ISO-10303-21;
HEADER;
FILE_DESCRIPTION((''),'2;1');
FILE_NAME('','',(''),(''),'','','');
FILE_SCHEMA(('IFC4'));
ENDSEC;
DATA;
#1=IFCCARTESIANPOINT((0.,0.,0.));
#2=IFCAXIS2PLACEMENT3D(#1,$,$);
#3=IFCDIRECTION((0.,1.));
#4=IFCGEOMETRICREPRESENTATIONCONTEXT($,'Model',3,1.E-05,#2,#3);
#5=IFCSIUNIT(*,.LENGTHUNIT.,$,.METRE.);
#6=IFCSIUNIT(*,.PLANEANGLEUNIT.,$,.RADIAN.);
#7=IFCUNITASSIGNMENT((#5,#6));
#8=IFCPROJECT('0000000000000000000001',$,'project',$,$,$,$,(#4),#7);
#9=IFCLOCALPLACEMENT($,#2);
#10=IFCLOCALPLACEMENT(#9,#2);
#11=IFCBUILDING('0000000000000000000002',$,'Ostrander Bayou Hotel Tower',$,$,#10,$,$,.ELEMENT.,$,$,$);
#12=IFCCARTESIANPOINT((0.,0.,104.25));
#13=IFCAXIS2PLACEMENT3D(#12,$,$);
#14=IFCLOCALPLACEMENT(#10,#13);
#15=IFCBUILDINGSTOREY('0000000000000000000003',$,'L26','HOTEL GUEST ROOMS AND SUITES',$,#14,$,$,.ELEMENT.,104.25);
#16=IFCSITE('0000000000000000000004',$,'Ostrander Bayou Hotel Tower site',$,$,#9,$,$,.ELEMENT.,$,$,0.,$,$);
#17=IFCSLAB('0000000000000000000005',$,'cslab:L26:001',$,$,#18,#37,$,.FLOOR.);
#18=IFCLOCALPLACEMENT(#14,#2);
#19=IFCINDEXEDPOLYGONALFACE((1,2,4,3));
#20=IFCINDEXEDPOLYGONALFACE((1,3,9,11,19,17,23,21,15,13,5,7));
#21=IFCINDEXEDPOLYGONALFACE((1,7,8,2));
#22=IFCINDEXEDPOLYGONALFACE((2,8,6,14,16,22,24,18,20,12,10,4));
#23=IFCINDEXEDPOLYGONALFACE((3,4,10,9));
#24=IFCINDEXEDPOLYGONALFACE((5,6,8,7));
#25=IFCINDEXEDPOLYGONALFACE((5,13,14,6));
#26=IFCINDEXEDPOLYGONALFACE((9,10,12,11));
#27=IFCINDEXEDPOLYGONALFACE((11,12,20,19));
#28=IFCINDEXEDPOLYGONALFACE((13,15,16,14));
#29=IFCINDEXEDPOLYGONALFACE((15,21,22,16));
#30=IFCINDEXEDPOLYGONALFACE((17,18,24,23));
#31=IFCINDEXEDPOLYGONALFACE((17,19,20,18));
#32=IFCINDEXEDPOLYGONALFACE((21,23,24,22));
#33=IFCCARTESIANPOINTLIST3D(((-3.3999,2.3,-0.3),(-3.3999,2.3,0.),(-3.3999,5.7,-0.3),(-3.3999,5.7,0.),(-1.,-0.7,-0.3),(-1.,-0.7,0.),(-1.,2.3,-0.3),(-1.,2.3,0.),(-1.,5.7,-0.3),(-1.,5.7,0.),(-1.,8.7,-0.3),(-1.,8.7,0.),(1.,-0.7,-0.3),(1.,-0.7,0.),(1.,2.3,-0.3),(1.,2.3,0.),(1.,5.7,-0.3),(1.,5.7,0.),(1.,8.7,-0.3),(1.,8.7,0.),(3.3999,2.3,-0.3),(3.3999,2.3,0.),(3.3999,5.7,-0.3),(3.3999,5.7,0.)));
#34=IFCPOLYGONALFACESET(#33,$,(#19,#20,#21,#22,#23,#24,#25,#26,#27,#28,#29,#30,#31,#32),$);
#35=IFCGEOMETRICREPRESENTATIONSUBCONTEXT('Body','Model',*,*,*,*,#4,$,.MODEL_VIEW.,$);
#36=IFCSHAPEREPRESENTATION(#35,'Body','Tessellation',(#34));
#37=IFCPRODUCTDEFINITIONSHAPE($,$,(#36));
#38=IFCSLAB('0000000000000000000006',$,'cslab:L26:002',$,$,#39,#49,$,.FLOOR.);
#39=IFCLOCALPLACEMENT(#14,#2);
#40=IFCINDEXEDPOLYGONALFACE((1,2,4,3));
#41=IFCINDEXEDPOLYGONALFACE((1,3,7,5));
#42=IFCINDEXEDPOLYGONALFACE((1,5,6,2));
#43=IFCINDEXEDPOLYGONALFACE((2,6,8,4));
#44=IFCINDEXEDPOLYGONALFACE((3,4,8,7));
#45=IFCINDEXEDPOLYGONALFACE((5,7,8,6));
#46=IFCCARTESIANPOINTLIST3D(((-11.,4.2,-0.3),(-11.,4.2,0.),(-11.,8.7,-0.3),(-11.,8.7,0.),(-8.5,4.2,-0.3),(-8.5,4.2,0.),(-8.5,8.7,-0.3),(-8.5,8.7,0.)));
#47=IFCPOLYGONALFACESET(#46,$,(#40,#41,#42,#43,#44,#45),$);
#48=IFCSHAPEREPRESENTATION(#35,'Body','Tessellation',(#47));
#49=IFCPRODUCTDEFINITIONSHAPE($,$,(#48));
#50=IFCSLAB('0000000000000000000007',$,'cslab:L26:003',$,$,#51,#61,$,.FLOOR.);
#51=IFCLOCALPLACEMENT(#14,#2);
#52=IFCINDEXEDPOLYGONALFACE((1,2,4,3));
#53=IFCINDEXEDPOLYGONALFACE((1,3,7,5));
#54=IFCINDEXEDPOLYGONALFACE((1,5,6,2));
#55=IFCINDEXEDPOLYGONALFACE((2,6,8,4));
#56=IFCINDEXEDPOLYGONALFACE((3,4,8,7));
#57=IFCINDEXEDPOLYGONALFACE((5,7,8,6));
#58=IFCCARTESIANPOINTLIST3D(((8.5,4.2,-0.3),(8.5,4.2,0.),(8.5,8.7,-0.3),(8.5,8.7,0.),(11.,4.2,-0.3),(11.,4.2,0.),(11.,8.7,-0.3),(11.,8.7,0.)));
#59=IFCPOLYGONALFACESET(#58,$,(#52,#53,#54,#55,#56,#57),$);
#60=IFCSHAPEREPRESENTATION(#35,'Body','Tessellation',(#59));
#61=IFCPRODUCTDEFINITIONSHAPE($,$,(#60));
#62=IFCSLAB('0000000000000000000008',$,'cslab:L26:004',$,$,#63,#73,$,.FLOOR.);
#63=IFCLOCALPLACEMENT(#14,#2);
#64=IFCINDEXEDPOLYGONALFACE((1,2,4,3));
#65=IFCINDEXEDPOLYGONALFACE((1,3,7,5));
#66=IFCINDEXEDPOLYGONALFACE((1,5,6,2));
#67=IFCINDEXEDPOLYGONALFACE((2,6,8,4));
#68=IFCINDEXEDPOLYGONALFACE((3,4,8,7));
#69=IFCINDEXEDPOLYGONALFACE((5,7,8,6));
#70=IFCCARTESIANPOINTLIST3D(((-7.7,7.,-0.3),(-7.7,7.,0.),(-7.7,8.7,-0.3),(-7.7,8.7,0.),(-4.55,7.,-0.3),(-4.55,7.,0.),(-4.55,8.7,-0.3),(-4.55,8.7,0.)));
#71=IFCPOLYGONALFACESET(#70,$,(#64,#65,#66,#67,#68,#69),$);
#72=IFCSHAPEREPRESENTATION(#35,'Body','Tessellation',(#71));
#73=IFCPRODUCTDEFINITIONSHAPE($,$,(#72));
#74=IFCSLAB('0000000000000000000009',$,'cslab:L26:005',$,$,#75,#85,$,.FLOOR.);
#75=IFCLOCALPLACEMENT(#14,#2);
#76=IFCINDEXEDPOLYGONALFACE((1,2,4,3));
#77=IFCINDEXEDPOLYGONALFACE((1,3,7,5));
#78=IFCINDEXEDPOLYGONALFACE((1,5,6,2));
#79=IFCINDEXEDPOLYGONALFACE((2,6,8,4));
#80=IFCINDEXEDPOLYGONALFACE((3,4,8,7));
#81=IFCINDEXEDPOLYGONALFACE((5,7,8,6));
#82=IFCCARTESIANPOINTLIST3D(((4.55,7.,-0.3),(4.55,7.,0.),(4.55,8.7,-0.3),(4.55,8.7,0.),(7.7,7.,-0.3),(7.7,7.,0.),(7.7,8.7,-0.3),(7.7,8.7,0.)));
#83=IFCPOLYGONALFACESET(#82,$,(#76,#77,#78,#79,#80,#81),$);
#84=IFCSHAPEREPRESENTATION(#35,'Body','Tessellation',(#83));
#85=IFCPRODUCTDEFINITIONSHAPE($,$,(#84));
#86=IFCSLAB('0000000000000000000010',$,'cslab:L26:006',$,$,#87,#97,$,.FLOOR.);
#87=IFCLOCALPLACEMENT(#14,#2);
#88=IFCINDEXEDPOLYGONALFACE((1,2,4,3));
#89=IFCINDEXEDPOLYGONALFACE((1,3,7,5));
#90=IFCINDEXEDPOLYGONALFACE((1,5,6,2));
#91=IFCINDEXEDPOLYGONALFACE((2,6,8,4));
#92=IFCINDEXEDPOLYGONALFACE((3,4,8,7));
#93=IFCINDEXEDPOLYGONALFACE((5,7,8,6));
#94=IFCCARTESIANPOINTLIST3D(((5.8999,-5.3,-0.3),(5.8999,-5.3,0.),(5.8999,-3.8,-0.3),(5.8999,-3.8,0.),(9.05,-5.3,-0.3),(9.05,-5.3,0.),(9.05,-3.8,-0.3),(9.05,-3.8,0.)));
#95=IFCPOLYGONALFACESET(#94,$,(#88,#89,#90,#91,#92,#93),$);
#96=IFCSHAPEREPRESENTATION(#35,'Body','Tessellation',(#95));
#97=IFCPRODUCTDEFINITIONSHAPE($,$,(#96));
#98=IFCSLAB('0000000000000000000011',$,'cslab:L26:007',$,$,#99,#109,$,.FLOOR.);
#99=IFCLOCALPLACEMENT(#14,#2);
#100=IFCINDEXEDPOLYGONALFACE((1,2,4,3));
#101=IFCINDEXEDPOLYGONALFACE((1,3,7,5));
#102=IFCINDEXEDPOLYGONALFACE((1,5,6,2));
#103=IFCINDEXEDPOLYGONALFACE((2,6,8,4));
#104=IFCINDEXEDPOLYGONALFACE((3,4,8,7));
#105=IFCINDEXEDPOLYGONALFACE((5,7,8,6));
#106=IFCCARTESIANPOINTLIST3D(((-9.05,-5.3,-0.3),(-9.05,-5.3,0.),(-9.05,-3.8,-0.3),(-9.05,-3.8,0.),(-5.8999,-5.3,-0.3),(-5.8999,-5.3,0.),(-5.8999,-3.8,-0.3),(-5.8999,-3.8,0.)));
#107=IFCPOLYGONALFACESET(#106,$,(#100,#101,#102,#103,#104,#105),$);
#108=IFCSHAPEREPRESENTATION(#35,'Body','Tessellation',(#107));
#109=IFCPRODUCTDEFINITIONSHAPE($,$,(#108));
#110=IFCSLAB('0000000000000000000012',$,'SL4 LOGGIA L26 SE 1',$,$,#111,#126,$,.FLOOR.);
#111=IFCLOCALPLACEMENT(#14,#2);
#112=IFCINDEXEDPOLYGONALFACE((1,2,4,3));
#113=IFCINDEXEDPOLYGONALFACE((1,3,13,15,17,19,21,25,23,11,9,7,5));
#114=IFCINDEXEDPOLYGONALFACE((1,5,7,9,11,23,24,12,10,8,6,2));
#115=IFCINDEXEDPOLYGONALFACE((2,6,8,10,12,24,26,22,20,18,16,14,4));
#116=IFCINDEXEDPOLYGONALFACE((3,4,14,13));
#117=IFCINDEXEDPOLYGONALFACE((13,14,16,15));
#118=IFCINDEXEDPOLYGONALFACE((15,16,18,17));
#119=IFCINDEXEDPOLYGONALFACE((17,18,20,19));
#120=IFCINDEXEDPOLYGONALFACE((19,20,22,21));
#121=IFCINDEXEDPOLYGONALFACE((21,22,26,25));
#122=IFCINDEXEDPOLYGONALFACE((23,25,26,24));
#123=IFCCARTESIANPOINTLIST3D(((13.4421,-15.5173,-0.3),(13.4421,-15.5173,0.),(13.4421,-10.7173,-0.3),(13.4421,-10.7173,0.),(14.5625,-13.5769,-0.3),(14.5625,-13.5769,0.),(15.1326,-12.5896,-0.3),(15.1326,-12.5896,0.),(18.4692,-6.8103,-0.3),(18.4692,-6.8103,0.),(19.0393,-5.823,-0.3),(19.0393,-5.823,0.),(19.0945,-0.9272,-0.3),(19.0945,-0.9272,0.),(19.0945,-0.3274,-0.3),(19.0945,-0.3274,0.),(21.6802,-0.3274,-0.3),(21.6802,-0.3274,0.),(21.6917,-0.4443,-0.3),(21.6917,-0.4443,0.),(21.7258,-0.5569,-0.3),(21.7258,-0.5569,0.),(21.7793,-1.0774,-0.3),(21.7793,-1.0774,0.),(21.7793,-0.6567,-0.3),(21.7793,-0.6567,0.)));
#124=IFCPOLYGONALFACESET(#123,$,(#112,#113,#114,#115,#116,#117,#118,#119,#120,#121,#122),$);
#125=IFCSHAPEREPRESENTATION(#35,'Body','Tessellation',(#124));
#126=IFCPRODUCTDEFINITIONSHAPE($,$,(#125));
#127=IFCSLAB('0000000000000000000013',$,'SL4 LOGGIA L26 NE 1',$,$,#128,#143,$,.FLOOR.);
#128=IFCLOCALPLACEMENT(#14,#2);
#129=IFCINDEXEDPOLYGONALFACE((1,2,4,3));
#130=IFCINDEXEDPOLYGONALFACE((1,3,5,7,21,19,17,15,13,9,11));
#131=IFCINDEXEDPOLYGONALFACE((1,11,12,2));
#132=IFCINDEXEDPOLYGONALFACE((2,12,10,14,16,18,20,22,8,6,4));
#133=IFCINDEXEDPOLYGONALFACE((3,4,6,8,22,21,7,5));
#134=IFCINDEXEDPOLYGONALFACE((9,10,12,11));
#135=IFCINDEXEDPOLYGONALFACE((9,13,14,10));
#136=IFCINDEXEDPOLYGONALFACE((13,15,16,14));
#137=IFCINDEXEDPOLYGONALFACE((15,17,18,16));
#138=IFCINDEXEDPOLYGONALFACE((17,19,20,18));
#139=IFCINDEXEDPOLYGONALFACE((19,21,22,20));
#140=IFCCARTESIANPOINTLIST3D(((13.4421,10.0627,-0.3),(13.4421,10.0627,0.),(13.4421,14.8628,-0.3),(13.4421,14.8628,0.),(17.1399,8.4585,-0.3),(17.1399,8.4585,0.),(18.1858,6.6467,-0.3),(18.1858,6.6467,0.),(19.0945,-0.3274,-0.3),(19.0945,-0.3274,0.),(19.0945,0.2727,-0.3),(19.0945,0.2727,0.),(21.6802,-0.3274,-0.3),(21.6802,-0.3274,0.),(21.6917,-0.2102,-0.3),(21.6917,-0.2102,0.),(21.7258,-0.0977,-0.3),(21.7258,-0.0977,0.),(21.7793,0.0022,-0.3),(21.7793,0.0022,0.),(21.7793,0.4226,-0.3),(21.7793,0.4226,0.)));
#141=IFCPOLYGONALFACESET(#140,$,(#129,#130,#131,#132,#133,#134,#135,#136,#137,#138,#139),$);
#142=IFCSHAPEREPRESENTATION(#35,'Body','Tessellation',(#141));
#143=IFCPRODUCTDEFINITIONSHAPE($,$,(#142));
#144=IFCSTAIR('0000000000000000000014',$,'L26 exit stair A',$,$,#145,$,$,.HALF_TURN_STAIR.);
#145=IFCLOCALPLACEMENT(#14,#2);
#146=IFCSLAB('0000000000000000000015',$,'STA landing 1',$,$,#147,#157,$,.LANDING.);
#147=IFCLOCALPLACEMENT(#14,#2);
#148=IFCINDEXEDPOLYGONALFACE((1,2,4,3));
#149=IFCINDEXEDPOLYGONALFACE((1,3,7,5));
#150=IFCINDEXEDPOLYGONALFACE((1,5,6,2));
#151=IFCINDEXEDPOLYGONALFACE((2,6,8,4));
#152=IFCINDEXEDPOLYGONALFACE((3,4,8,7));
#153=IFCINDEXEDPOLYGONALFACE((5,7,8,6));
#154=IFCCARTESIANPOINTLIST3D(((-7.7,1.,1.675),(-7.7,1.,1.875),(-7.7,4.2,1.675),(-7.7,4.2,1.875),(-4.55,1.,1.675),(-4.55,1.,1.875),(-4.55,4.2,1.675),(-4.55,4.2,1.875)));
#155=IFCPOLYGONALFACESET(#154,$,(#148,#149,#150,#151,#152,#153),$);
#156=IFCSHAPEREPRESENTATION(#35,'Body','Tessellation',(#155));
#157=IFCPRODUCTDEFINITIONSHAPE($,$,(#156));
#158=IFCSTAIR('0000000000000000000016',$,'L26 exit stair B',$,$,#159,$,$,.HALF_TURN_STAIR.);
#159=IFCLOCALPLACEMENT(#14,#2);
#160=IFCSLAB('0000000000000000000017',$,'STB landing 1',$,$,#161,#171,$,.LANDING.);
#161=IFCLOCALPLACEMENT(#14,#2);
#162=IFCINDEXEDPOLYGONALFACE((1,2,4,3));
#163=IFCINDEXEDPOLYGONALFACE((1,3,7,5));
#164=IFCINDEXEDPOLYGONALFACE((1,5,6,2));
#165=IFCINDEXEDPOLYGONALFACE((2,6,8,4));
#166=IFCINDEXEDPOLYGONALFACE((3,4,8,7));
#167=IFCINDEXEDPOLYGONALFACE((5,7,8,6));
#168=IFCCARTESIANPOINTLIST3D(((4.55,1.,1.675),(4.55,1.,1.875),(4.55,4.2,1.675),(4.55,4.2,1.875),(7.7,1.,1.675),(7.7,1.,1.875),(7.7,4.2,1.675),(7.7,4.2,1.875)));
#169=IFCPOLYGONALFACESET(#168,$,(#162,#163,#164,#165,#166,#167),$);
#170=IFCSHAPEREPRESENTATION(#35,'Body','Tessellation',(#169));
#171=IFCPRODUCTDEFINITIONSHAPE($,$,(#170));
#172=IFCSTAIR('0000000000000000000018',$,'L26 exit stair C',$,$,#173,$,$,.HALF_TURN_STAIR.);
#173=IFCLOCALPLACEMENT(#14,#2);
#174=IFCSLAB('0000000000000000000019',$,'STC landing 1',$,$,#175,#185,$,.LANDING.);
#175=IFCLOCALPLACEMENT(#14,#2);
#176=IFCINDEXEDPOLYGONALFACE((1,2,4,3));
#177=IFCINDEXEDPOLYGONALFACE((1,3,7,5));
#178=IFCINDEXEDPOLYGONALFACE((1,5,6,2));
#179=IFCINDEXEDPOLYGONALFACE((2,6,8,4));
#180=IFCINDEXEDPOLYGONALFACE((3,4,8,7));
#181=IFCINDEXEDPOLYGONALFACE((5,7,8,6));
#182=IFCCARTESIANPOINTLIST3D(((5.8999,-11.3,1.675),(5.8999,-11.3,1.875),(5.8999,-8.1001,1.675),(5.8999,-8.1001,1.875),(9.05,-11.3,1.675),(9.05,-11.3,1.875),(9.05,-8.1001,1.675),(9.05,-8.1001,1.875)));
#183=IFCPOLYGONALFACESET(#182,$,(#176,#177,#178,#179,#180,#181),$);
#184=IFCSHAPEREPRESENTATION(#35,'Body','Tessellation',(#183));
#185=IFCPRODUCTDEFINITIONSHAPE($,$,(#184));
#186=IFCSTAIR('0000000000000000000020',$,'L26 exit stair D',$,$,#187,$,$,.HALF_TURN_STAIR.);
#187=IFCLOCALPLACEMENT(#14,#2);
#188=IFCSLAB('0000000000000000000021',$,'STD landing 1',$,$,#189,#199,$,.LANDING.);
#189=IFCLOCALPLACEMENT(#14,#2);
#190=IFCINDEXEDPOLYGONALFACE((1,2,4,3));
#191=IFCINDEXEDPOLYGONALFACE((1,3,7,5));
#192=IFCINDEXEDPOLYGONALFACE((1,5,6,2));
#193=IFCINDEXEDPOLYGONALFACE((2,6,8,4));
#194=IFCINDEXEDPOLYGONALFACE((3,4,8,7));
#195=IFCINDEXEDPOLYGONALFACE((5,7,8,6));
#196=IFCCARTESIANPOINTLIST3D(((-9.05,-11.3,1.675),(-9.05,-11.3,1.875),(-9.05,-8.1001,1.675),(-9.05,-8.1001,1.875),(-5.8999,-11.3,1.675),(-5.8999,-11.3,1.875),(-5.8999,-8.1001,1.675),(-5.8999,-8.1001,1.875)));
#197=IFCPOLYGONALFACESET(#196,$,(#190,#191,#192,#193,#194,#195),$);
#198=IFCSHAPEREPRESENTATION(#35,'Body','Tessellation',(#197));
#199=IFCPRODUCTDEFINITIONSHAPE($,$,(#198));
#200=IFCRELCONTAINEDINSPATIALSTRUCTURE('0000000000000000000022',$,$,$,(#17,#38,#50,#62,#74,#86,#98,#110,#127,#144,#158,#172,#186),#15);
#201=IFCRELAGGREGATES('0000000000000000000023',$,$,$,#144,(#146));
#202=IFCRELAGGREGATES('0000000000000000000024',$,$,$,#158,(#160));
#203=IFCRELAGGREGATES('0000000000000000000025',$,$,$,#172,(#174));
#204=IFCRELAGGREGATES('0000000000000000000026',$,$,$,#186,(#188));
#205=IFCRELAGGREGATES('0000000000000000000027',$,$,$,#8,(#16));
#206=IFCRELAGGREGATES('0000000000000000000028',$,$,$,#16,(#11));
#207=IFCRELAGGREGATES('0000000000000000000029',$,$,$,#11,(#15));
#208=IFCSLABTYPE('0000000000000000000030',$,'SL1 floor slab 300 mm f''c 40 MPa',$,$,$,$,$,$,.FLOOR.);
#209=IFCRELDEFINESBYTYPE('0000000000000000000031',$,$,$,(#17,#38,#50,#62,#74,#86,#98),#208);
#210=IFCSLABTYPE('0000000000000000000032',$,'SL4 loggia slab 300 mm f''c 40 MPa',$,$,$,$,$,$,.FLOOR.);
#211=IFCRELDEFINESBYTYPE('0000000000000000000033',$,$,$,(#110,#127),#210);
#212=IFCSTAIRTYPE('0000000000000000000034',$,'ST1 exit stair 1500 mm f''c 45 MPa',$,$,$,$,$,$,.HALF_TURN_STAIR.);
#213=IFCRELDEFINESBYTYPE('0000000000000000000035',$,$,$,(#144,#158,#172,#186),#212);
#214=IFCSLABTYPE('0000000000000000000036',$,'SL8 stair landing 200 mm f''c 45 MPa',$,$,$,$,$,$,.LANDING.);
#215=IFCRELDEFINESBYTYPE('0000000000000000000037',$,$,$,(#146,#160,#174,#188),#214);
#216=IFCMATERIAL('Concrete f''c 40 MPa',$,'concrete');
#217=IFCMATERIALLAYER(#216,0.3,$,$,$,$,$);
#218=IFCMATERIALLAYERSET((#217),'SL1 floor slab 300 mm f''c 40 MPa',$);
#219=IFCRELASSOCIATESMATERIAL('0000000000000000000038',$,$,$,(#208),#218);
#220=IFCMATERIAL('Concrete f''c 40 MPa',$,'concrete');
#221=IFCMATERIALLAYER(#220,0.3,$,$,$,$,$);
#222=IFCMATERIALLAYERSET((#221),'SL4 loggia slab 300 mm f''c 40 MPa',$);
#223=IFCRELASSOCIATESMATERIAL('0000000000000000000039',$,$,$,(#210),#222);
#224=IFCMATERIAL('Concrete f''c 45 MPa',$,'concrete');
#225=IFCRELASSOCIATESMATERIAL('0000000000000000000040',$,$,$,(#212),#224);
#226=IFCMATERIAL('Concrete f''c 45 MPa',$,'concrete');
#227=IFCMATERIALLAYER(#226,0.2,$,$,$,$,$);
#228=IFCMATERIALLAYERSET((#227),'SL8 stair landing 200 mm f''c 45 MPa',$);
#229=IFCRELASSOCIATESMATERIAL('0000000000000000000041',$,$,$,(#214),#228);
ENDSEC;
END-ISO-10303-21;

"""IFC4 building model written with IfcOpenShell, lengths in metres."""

from ifc_helpers import new_model, si_unit, direction, frame, origin, place, context, subcontext, project, spatial, polyline, outline, extrude, material, layer, layer_set, type_object, element, aggregate, save


model = new_model("IFC4")

# Units and contexts
model_context = context("Model", 3, precision=1e-05, world=origin(), true_north=direction((0.0, 1.0)))
body_context = subcontext(model_context, "Body", "Model", "MODEL_VIEW")
ifc_project = project(units=[si_unit("LENGTHUNIT", "METRE"), si_unit("PLANEANGLEUNIT", "RADIAN")], contexts=[model_context])

# Site, building, storey
site_placement = place(None, origin())
site = spatial("IfcSite", under=ifc_project, at=site_placement, Name="Ostrander Bayou Hotel Tower site", CompositionType="ELEMENT", RefElevation=0.0)
building_placement = place(site_placement, origin())
building = spatial("IfcBuilding", under=site, at=building_placement, Name="Ostrander Bayou Hotel Tower", CompositionType="ELEMENT")
storey_placement = place(building_placement, frame((0.0, 0.0, 104.25)))
storey = spatial("IfcBuildingStorey", under=building, at=storey_placement, Name="L26", Description="HOTEL GUEST ROOMS AND SUITES", CompositionType="ELEMENT", Elevation=104.25)

# Slabs
ifc_material_1 = material(Name="Concrete f'c 40 MPa", Category="concrete")
ifc_layer_1 = layer(ifc_material_1, 0.3)
ifc_layer_set_1 = layer_set([ifc_layer_1], Name="SL1 floor slab 300 mm f'c 40 MPa")
slab_type_1 = type_object("IfcSlabType", Name="SL1 floor slab 300 mm f'c 40 MPa", PredefinedType="FLOOR", material=ifc_layer_set_1)
slab_1_placement = place(storey_placement, frame((0.0, 0.0, -0.3)))
element("IfcSlab", 1, at=slab_1_placement, inside=storey, type_object=slab_type_1, Name="cslab:L26:001", PredefinedType="FLOOR", context=body_context, shape_type="SweptSolid", body=[
    extrude(outline(polyline([(-3.3999, 5.7), (-1.0, 5.7), (-1.0, 8.7), (1.0, 8.7), (1.0, 5.7), (3.3999, 5.7), (3.3999, 2.3), (1.0, 2.3), (1.0, -0.7), (-1.0, -0.7), (-1.0, 2.3), (-3.3999, 2.3), (-3.3999, 5.7)])), origin(), (0.0, 0.0, 1.0), 0.3),
])
slab_2_placement = place(storey_placement, frame((0.0, 0.0, -0.3)))
element("IfcSlab", 2, at=slab_2_placement, inside=storey, type_object=slab_type_1, Name="cslab:L26:002", PredefinedType="FLOOR", context=body_context, shape_type="SweptSolid", body=[
    extrude(outline(polyline([(-8.5, 4.2), (-8.5, 8.7), (-11.0, 8.7), (-11.0, 4.2), (-8.5, 4.2)])), origin(), (0.0, 0.0, 1.0), 0.3),
])
slab_3_placement = place(storey_placement, frame((0.0, 0.0, -0.3)))
element("IfcSlab", 3, at=slab_3_placement, inside=storey, type_object=slab_type_1, Name="cslab:L26:003", PredefinedType="FLOOR", context=body_context, shape_type="SweptSolid", body=[
    extrude(outline(polyline([(11.0, 4.2), (11.0, 8.7), (8.5, 8.7), (8.5, 4.2), (11.0, 4.2)])), origin(), (0.0, 0.0, 1.0), 0.3),
])
slab_4_placement = place(storey_placement, frame((0.0, 0.0, -0.3)))
element("IfcSlab", 4, at=slab_4_placement, inside=storey, type_object=slab_type_1, Name="cslab:L26:004", PredefinedType="FLOOR", context=body_context, shape_type="SweptSolid", body=[
    extrude(outline(polyline([(-4.55, 7.0), (-4.55, 8.7), (-7.7, 8.7), (-7.7, 7.0), (-4.55, 7.0)])), origin(), (0.0, 0.0, 1.0), 0.3),
])
slab_5_placement = place(storey_placement, frame((0.0, 0.0, -0.3)))
element("IfcSlab", 5, at=slab_5_placement, inside=storey, type_object=slab_type_1, Name="cslab:L26:005", PredefinedType="FLOOR", context=body_context, shape_type="SweptSolid", body=[
    extrude(outline(polyline([(7.7, 7.0), (7.7, 8.7), (4.55, 8.7), (4.55, 7.0), (7.7, 7.0)])), origin(), (0.0, 0.0, 1.0), 0.3),
])
slab_6_placement = place(storey_placement, frame((0.0, 0.0, -0.3)))
element("IfcSlab", 6, at=slab_6_placement, inside=storey, type_object=slab_type_1, Name="cslab:L26:006", PredefinedType="FLOOR", context=body_context, shape_type="SweptSolid", body=[
    extrude(outline(polyline([(9.05, -5.3), (9.05, -3.8), (5.8999, -3.8), (5.8999, -5.3), (9.05, -5.3)])), origin(), (0.0, 0.0, 1.0), 0.3),
])
slab_7_placement = place(storey_placement, frame((0.0, 0.0, -0.3)))
element("IfcSlab", 7, at=slab_7_placement, inside=storey, type_object=slab_type_1, Name="cslab:L26:007", PredefinedType="FLOOR", context=body_context, shape_type="SweptSolid", body=[
    extrude(outline(polyline([(-5.8999, -5.3), (-5.8999, -3.8), (-9.05, -3.8), (-9.05, -5.3), (-5.8999, -5.3)])), origin(), (0.0, 0.0, 1.0), 0.3),
])
ifc_material_2 = material(Name="Concrete f'c 40 MPa", Category="concrete")
ifc_layer_2 = layer(ifc_material_2, 0.3)
ifc_layer_set_2 = layer_set([ifc_layer_2], Name="SL4 loggia slab 300 mm f'c 40 MPa")
slab_type_2 = type_object("IfcSlabType", Name="SL4 loggia slab 300 mm f'c 40 MPa", PredefinedType="FLOOR", material=ifc_layer_set_2)
slab_8_placement = place(storey_placement, frame((0.0, 0.0, -0.3)))
element("IfcSlab", 8, at=slab_8_placement, inside=storey, type_object=slab_type_2, Name="SL4 LOGGIA L26 SE 1", PredefinedType="FLOOR", context=body_context, shape_type="SweptSolid", body=[
    extrude(outline(polyline([(15.1326, -12.5896), (14.5625, -13.5769), (13.4421, -15.5173), (13.4421, -10.7173), (19.0945, -0.9272), (19.0945, -0.3274), (21.6802, -0.3274), (21.6917, -0.4443), (21.7258, -0.5569), (21.7793, -0.6567), (21.7793, -1.0774), (19.0393, -5.823), (18.4692, -6.8103), (15.1326, -12.5896)])), origin(), (0.0, 0.0, 1.0), 0.3),
])
slab_9_placement = place(storey_placement, frame((0.0, 0.0, -0.3)))
element("IfcSlab", 9, at=slab_9_placement, inside=storey, type_object=slab_type_2, Name="SL4 LOGGIA L26 NE 1", PredefinedType="FLOOR", context=body_context, shape_type="SweptSolid", body=[
    extrude(outline(polyline([(13.4421, 14.8628), (17.1399, 8.4585), (18.1858, 6.6467), (21.7793, 0.4226), (21.7793, 0.0022), (21.7258, -0.0977), (21.6917, -0.2102), (21.6802, -0.3274), (19.0945, -0.3274), (19.0945, 0.2727), (13.4421, 10.0627), (13.4421, 14.8628)])), origin(), (0.0, 0.0, 1.0), 0.3),
])

# Stairs, slabs
ifc_material_3 = material(Name="Concrete f'c 45 MPa", Category="concrete")
stair_type = type_object("IfcStairType", Name="ST1 exit stair 1500 mm f'c 45 MPa", PredefinedType="HALF_TURN_STAIR", material=ifc_material_3)
stair_1_placement = place(storey_placement, origin())
stair_1 = element("IfcStair", 10, at=stair_1_placement, inside=storey, type_object=stair_type, Name="L26 exit stair A", PredefinedType="HALF_TURN_STAIR")
ifc_material_4 = material(Name="Concrete f'c 45 MPa", Category="concrete")
ifc_layer_3 = layer(ifc_material_4, 0.2)
ifc_layer_set_3 = layer_set([ifc_layer_3], Name="SL8 stair landing 200 mm f'c 45 MPa")
slab_type_3 = type_object("IfcSlabType", Name="SL8 stair landing 200 mm f'c 45 MPa", PredefinedType="LANDING", material=ifc_layer_set_3)
slab_10_placement = place(storey_placement, frame((0.0, 0.0, 1.675)))
slab_10 = element("IfcSlab", 11, at=slab_10_placement, type_object=slab_type_3, Name="STA landing 1", PredefinedType="LANDING", context=body_context, shape_type="SweptSolid", body=[
    extrude(outline(polyline([(-7.7, 4.2), (-7.7, 1.0), (-4.55, 1.0), (-4.55, 4.2), (-7.7, 4.2)])), origin(), (0.0, 0.0, 1.0), 0.2),
])
aggregate(stair_1, [slab_10])
stair_2_placement = place(storey_placement, origin())
stair_2 = element("IfcStair", 12, at=stair_2_placement, inside=storey, type_object=stair_type, Name="L26 exit stair B", PredefinedType="HALF_TURN_STAIR")
slab_11_placement = place(storey_placement, frame((0.0, 0.0, 1.675)))
slab_11 = element("IfcSlab", 13, at=slab_11_placement, type_object=slab_type_3, Name="STB landing 1", PredefinedType="LANDING", context=body_context, shape_type="SweptSolid", body=[
    extrude(outline(polyline([(4.55, 4.2), (4.55, 1.0), (7.7, 1.0), (7.7, 4.2), (4.55, 4.2)])), origin(), (0.0, 0.0, 1.0), 0.2),
])
aggregate(stair_2, [slab_11])
stair_3_placement = place(storey_placement, origin())
stair_3 = element("IfcStair", 14, at=stair_3_placement, inside=storey, type_object=stair_type, Name="L26 exit stair C", PredefinedType="HALF_TURN_STAIR")
slab_12_placement = place(storey_placement, frame((0.0, 0.0, 1.675)))
slab_12 = element("IfcSlab", 15, at=slab_12_placement, type_object=slab_type_3, Name="STC landing 1", PredefinedType="LANDING", context=body_context, shape_type="SweptSolid", body=[
    extrude(outline(polyline([(5.8999, -8.1001), (5.8999, -11.3), (9.05, -11.3), (9.05, -8.1001), (5.8999, -8.1001)])), origin(), (0.0, 0.0, 1.0), 0.2),
])
aggregate(stair_3, [slab_12])
stair_4_placement = place(storey_placement, origin())
stair_4 = element("IfcStair", 16, at=stair_4_placement, inside=storey, type_object=stair_type, Name="L26 exit stair D", PredefinedType="HALF_TURN_STAIR")
slab_13_placement = place(storey_placement, frame((0.0, 0.0, 1.675)))
slab_13 = element("IfcSlab", 17, at=slab_13_placement, type_object=slab_type_3, Name="STD landing 1", PredefinedType="LANDING", context=body_context, shape_type="SweptSolid", body=[
    extrude(outline(polyline([(-9.05, -8.1001), (-9.05, -11.3), (-5.8999, -11.3), (-5.8999, -8.1001), (-9.05, -8.1001)])), origin(), (0.0, 0.0, 1.0), 0.2),
])
aggregate(stair_4, [slab_13])

save(model, "model.ifc")
